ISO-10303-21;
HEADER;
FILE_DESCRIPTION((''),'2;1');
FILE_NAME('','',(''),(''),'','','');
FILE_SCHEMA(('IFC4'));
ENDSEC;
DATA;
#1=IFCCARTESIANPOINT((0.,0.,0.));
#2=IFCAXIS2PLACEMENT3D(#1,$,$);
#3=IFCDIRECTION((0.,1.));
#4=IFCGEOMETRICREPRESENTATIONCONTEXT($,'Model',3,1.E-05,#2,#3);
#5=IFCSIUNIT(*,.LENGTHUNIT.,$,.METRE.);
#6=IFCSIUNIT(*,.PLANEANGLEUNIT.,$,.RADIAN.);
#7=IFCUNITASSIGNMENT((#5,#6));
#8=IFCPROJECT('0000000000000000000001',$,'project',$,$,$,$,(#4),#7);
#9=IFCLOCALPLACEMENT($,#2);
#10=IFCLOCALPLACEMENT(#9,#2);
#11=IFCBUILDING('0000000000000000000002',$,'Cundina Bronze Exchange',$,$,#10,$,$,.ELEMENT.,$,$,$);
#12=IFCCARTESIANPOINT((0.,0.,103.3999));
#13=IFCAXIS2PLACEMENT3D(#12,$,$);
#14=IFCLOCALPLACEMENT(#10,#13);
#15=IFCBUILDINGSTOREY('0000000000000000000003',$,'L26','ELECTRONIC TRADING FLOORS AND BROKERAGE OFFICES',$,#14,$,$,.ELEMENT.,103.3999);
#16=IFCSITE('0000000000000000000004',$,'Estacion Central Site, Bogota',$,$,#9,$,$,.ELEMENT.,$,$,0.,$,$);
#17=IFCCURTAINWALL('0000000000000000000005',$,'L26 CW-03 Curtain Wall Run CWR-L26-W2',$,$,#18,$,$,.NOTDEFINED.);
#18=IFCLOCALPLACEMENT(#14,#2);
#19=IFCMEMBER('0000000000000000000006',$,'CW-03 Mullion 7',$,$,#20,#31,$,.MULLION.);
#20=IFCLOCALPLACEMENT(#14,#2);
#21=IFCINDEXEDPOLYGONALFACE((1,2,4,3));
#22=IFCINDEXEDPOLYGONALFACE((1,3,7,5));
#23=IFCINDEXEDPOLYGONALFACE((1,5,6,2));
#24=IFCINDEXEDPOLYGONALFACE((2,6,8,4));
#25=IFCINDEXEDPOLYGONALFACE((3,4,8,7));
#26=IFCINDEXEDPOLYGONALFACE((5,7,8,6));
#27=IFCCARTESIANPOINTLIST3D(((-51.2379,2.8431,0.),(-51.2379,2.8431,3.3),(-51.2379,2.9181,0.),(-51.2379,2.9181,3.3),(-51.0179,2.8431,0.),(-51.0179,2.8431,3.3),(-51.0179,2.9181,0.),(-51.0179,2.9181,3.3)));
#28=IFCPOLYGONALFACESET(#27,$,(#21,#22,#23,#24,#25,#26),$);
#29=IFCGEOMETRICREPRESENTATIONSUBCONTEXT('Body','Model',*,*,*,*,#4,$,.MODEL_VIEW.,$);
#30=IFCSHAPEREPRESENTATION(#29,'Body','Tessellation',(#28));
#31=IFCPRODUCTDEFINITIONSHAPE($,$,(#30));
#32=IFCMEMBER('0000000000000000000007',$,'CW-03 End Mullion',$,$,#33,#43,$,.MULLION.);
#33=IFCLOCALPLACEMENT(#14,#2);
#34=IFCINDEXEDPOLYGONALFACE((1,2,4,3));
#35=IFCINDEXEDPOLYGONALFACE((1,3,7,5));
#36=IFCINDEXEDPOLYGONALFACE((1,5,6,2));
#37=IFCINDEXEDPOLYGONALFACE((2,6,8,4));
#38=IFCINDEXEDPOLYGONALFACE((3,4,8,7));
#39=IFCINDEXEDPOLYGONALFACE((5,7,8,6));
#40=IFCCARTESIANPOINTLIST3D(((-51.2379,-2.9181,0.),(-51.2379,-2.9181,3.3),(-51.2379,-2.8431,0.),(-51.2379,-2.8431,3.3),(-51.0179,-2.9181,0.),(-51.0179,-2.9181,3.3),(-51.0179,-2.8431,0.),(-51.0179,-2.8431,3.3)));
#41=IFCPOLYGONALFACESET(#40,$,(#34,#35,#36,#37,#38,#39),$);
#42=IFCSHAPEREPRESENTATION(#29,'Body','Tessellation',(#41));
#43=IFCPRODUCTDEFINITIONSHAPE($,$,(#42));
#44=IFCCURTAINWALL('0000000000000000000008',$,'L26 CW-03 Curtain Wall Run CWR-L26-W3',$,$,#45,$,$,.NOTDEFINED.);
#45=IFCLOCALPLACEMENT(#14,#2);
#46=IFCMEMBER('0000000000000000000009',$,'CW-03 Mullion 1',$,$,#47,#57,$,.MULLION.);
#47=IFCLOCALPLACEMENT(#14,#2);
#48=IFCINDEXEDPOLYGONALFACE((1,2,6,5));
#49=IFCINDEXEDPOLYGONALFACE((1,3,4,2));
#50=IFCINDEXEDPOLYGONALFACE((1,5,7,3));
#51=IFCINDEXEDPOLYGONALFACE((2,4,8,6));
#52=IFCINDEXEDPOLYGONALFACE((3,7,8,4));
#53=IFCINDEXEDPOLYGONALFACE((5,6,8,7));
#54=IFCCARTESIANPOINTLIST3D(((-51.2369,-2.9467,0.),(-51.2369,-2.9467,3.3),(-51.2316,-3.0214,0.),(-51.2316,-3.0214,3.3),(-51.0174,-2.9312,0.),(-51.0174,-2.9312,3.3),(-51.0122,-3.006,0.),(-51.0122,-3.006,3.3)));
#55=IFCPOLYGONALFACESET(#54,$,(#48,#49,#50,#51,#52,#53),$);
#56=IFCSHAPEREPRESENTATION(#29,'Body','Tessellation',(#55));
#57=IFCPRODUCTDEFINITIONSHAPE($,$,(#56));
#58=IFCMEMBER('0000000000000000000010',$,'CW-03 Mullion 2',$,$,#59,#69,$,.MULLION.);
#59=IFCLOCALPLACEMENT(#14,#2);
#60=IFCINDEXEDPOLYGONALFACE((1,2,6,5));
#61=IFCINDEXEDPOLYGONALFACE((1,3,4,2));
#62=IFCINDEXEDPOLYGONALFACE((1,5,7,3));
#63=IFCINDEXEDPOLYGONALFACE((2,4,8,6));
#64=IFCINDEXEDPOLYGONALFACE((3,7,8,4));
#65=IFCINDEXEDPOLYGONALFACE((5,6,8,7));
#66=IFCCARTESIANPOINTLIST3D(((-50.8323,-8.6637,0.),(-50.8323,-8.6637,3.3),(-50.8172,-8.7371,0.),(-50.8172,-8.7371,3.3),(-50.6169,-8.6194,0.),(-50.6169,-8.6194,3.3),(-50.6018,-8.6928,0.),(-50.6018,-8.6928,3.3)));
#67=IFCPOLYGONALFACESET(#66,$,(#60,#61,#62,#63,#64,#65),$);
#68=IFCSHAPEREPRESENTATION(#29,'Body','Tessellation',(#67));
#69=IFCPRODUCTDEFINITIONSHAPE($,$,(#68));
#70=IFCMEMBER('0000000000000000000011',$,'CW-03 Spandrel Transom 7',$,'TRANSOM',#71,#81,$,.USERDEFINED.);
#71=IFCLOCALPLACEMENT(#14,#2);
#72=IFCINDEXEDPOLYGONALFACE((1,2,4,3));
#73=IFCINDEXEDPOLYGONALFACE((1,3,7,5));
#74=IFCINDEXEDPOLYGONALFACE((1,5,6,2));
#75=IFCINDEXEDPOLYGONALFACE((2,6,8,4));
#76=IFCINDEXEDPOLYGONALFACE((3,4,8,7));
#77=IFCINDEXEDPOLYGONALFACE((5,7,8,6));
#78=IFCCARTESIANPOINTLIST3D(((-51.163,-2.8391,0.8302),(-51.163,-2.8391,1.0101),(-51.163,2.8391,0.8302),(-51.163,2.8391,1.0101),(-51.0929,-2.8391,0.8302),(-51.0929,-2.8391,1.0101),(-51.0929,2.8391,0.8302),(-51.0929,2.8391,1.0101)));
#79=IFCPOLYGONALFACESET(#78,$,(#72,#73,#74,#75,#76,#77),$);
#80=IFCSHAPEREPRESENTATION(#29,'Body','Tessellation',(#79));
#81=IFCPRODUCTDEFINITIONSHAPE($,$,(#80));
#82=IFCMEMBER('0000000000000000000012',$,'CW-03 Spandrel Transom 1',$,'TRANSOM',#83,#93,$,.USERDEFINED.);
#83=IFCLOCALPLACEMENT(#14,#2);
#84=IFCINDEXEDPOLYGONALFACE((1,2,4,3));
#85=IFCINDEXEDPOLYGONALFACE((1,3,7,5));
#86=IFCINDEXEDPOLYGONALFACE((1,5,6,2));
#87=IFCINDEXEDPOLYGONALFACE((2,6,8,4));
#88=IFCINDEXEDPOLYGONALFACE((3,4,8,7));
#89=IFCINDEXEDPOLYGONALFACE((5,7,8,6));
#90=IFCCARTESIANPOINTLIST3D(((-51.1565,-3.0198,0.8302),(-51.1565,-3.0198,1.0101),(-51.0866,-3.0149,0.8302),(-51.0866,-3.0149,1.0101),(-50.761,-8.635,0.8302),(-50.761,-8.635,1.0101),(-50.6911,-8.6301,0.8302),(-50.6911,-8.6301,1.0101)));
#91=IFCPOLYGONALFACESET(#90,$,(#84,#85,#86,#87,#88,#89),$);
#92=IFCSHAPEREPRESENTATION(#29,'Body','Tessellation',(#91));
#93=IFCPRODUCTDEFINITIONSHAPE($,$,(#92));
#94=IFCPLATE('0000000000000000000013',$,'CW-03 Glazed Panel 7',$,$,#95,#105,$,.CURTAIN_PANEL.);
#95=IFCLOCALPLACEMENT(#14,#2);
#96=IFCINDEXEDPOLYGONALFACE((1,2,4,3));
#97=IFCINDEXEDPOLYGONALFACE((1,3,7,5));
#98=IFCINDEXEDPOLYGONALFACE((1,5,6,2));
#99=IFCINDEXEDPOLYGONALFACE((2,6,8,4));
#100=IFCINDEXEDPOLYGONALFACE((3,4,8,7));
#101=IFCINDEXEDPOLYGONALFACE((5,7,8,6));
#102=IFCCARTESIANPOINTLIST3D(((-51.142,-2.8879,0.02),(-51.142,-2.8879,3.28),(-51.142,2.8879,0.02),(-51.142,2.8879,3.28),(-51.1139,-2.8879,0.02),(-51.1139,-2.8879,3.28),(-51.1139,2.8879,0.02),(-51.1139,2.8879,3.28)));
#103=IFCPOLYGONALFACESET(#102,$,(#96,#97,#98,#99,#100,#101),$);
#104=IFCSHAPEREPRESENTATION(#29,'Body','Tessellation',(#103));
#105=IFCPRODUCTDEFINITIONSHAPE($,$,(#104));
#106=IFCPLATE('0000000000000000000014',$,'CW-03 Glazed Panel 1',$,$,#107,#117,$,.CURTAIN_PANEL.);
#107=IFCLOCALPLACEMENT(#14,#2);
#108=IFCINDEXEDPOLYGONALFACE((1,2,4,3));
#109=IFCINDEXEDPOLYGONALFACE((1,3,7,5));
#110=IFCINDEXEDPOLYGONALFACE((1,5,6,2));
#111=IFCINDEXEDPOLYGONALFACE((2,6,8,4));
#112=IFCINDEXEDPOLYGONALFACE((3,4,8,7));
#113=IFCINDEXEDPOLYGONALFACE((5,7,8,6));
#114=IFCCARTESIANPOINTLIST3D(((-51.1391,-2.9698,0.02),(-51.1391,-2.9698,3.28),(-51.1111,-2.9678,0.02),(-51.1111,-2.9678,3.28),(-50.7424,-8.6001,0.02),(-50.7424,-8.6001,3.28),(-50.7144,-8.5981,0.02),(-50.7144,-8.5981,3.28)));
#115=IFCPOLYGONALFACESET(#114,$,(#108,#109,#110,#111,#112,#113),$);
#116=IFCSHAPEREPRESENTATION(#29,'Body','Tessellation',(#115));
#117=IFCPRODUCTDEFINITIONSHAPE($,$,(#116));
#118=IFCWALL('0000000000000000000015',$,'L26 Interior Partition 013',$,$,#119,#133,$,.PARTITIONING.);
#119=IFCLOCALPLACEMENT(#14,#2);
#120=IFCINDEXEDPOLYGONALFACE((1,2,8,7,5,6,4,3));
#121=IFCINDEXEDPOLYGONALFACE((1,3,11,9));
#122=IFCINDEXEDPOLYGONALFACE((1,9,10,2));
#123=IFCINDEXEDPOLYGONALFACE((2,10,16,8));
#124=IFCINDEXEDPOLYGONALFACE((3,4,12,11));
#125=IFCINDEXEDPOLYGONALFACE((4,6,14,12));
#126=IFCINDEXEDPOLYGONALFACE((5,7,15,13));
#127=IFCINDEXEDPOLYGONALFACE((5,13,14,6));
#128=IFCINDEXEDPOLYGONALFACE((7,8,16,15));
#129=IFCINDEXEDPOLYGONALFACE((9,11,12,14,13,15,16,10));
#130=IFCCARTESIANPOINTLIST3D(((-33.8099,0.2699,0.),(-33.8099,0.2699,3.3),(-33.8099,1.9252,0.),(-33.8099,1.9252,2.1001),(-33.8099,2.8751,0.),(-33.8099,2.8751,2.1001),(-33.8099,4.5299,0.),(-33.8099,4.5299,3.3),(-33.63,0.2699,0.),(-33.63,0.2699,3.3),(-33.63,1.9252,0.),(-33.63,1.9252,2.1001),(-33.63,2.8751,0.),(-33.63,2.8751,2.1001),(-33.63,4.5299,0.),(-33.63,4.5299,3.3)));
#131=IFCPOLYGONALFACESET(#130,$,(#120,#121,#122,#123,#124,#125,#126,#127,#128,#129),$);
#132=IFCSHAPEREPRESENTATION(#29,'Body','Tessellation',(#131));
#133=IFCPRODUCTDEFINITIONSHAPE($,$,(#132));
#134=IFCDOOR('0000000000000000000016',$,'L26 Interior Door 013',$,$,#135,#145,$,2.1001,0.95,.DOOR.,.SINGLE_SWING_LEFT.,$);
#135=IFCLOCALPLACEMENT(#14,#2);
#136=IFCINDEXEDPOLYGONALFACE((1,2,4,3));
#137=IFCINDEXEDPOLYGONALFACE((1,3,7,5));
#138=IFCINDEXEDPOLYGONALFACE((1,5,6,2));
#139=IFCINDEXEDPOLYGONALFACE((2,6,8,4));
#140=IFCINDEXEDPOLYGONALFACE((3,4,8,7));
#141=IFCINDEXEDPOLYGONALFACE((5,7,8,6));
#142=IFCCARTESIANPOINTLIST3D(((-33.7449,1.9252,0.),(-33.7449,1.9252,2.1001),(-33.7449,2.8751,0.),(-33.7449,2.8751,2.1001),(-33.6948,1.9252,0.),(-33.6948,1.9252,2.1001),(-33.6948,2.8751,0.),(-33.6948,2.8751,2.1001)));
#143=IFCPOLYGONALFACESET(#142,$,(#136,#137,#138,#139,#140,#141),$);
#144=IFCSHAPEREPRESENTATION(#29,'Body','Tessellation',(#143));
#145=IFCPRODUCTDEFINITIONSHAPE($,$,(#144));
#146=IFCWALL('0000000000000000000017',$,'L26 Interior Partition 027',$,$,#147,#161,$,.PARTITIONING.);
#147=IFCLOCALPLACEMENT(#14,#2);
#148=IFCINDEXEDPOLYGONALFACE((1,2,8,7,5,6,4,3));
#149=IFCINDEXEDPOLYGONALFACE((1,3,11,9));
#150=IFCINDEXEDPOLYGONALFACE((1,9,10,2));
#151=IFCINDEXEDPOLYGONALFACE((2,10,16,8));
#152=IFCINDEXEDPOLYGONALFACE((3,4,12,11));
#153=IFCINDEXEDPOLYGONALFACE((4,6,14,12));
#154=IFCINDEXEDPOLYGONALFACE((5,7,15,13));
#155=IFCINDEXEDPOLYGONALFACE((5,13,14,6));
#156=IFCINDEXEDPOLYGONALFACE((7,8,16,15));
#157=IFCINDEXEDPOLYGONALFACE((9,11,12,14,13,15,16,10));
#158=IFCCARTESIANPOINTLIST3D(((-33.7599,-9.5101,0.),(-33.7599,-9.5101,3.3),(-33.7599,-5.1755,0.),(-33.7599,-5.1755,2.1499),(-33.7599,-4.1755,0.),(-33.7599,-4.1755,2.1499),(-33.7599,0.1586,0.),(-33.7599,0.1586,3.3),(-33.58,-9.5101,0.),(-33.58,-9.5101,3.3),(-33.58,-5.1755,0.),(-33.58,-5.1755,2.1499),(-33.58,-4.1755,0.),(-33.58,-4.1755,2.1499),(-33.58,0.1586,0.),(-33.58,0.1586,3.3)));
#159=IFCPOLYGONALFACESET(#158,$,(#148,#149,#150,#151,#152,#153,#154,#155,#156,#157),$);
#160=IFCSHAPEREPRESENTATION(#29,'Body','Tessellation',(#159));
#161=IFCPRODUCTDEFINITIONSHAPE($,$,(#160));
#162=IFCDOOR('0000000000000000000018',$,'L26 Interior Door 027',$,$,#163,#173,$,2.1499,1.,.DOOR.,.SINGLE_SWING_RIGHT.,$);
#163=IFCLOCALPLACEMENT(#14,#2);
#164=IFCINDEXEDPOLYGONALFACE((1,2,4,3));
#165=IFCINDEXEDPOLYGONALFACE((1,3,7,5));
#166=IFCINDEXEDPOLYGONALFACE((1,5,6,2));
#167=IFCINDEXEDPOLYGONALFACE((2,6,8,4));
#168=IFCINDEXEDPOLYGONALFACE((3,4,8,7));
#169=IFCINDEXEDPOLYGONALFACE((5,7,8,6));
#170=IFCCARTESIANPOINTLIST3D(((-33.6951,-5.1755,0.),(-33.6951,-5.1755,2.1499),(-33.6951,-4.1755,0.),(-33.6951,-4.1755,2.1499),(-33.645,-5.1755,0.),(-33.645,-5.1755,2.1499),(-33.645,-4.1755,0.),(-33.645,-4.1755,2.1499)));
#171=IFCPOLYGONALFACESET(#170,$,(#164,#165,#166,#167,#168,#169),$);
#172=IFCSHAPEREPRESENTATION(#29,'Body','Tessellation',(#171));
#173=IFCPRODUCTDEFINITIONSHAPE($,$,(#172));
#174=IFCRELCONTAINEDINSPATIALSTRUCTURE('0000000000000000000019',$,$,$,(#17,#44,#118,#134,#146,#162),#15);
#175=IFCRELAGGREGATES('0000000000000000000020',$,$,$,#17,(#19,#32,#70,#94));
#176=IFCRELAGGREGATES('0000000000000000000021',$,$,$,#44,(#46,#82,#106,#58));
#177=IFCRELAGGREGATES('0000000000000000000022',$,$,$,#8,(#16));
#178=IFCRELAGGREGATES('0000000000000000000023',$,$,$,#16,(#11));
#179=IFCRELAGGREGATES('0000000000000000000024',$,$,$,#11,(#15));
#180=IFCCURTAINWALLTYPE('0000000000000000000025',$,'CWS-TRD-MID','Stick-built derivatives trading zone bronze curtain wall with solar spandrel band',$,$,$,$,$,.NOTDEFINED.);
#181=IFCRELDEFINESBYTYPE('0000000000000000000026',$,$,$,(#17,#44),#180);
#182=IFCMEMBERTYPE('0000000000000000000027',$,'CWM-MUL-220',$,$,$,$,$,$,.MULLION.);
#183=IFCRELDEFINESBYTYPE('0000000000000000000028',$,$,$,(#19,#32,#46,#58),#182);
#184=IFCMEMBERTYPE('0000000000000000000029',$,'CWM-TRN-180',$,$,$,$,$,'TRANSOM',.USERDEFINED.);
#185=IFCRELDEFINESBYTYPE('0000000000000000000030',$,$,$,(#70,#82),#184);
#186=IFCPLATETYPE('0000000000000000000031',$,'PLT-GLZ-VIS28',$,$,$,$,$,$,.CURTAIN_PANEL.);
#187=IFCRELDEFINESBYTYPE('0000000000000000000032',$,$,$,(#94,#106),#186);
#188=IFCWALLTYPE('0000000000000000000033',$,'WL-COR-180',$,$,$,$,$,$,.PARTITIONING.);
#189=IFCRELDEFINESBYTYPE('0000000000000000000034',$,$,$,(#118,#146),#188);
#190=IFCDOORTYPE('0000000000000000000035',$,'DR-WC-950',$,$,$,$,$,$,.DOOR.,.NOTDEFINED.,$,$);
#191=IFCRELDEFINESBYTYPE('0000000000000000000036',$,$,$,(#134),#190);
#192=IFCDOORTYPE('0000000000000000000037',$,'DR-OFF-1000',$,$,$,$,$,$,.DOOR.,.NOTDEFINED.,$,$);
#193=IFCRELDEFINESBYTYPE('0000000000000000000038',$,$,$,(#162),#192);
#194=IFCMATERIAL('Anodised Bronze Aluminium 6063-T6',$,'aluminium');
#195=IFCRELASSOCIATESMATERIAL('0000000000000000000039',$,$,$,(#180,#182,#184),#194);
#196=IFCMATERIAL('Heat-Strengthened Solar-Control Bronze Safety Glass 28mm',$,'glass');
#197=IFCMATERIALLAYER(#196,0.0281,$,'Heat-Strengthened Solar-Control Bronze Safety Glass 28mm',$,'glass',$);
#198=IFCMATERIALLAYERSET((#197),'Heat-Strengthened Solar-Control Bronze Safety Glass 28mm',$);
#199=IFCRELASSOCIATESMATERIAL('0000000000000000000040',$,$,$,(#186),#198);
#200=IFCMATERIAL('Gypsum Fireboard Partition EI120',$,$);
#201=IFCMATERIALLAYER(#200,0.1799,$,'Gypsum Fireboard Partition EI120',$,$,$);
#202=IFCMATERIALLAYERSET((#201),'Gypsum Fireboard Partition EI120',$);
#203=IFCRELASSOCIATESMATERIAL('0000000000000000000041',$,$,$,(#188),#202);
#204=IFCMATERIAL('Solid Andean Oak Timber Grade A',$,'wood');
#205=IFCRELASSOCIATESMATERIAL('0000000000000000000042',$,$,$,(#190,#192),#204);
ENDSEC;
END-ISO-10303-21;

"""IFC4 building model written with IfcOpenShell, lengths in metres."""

from ifc_helpers import new_model, si_unit, direction, frame, frame_2d, origin, origin_2d, place, context, subcontext, project, spatial, rectangle, extrude, material, layer, layer_set, material_profile, profile_set, type_object, element, fill, aggregate, save


model = new_model("IFC4")

# Units and contexts
model_context = context("Model", 3, precision=1e-05, world=origin(), true_north=direction((0.0, 1.0)))
body_context = subcontext(model_context, "Body", "Model", "MODEL_VIEW")
ifc_project = project(units=[si_unit("LENGTHUNIT", "METRE"), si_unit("PLANEANGLEUNIT", "RADIAN")], contexts=[model_context])

# Site, building, storey
site_placement = place(None, origin())
site = spatial("IfcSite", under=ifc_project, at=site_placement, Name="Estacion Central Site, Bogota", CompositionType="ELEMENT", RefElevation=0.0)
building_placement = place(site_placement, origin())
building = spatial("IfcBuilding", under=site, at=building_placement, Name="Cundina Bronze Exchange", CompositionType="ELEMENT")
storey_placement = place(building_placement, frame((0.0, 0.0, 103.3999)))
storey = spatial("IfcBuildingStorey", under=building, at=storey_placement, Name="L26", Description="ELECTRONIC TRADING FLOORS AND BROKERAGE OFFICES", CompositionType="ELEMENT", Elevation=103.3999)

# Curtain walls, members
ifc_material_1 = material(Name="Anodised Bronze Aluminium 6063-T6", Category="aluminium")
curtain_wall_type = type_object("IfcCurtainWallType", Name="CWS-TRD-MID", Description="Stick-built derivatives trading zone bronze curtain wall with solar spandrel band", PredefinedType="NOTDEFINED", material=ifc_material_1)
curtain_wall_1_placement = place(storey_placement, origin())
curtain_wall_1 = element("IfcCurtainWall", 1, at=curtain_wall_1_placement, inside=storey, type_object=curtain_wall_type, Name="L26 CW-03 Curtain Wall Run CWR-L26-W2", PredefinedType="NOTDEFINED")
ifc_material_profile_1 = material_profile(ifc_material_1, rectangle(XDim=0.075, YDim=0.22, at=origin_2d()), Name="AL75X220", Category="aluminium")
ifc_profile_set_1 = profile_set([ifc_material_profile_1], Name="Anodised Bronze Aluminium 6063-T6")
member_type_1 = type_object("IfcMemberType", Name="CWM-MUL-220", PredefinedType="MULLION", material=ifc_profile_set_1)
member_1_placement = place(storey_placement, frame((-51.1279, 2.8806, 0.0), z_axis=(0.0, 0.0, 1.0), x_axis=(0.0, -1.0, 0.0)))
member_1 = element("IfcMember", 2, at=member_1_placement, type_object=member_type_1, Name="CW-03 Mullion 7", PredefinedType="MULLION", context=body_context, shape_type="SweptSolid", body=[
    extrude(rectangle(XDim=0.075, YDim=0.22, at=origin_2d()), origin(), (0.0, 0.0, 1.0), 3.3),
])
member_2_placement = place(storey_placement, frame((-51.1279, -2.8806, 0.0), z_axis=(0.0, 0.0, 1.0), x_axis=(0.0, -1.0, 0.0)))
member_2 = element("IfcMember", 3, at=member_2_placement, type_object=member_type_1, Name="CW-03 End Mullion", PredefinedType="MULLION", context=body_context, shape_type="SweptSolid", body=[
    extrude(rectangle(XDim=0.075, YDim=0.22, at=origin_2d()), origin(), (0.0, 0.0, 1.0), 3.3),
])
curtain_wall_2_placement = place(storey_placement, origin())
curtain_wall_2 = element("IfcCurtainWall", 4, at=curtain_wall_2_placement, inside=storey, type_object=curtain_wall_type, Name="L26 CW-03 Curtain Wall Run CWR-L26-W3", PredefinedType="NOTDEFINED")
member_3_placement = place(storey_placement, frame((-51.1245, -2.9763, 0.0), z_axis=(0.0, 0.0, 1.0), x_axis=(0.070279, -0.997527, 0.0)))
member_3 = element("IfcMember", 5, at=member_3_placement, type_object=member_type_1, Name="CW-03 Mullion 1", PredefinedType="MULLION", context=body_context, shape_type="SweptSolid", body=[
    extrude(rectangle(XDim=0.075, YDim=0.22, at=origin_2d()), origin(), (0.0, 0.0, 1.0), 3.3),
])
member_4_placement = place(storey_placement, frame((-50.717, -8.6782, 0.0), z_axis=(0.0, 0.0, 1.0), x_axis=(0.20142, -0.979505, 0.0)))
member_4 = element("IfcMember", 6, at=member_4_placement, type_object=member_type_1, Name="CW-03 Mullion 2", PredefinedType="MULLION", context=body_context, shape_type="SweptSolid", body=[
    extrude(rectangle(XDim=0.075, YDim=0.22, at=origin_2d()), origin(), (0.0, 0.0, 1.0), 3.3),
])

# Members
ifc_material_profile_2 = material_profile(ifc_material_1, rectangle(XDim=0.0701, YDim=0.1799, at=origin_2d()), Name="AL70X180", Category="aluminium")
ifc_profile_set_2 = profile_set([ifc_material_profile_2], Name="Anodised Bronze Aluminium 6063-T6")
member_type_2 = type_object("IfcMemberType", Name="CWM-TRN-180", ElementType="TRANSOM", PredefinedType="USERDEFINED", material=ifc_profile_set_2)
member_5_placement = place(storey_placement, frame((-51.1279, 2.8391, 0.9202), z_axis=(0.0, -1.0, 0.0), x_axis=(1.0, 0.0, 0.0)))
member_5 = element("IfcMember", 7, at=member_5_placement, type_object=member_type_2, Name="CW-03 Spandrel Transom 7", ObjectType="TRANSOM", PredefinedType="USERDEFINED", context=body_context, shape_type="SweptSolid", body=[
    extrude(rectangle(XDim=0.0701, YDim=0.1799, at=origin_2d()), origin(), (0.0, 0.0, 1.0), 5.6782),
])
member_6_placement = place(storey_placement, frame((-51.1216, -3.0173, 0.9202), z_axis=(0.070261, -0.997529, 0.0), x_axis=(0.997529, 0.070261, 0.0)))
member_6 = element("IfcMember", 8, at=member_6_placement, type_object=member_type_2, Name="CW-03 Spandrel Transom 1", ObjectType="TRANSOM", PredefinedType="USERDEFINED", context=body_context, shape_type="SweptSolid", body=[
    extrude(rectangle(XDim=0.0701, YDim=0.1799, at=origin_2d()), origin(), (0.0, 0.0, 1.0), 5.6292),
])

# Plates
ifc_material_2 = material(Name="Heat-Strengthened Solar-Control Bronze Safety Glass 28mm", Category="glass")
ifc_layer_1 = layer(ifc_material_2, 0.0281, Name="Heat-Strengthened Solar-Control Bronze Safety Glass 28mm", Category="glass")
ifc_layer_set_1 = layer_set([ifc_layer_1], Name="Heat-Strengthened Solar-Control Bronze Safety Glass 28mm")
plate_type = type_object("IfcPlateType", Name="PLT-GLZ-VIS28", PredefinedType="CURTAIN_PANEL", material=ifc_layer_set_1)
plate_1_placement = place(storey_placement, frame((-51.1279, 0.0, 0.02), z_axis=(0.0, 0.0, 1.0), x_axis=(0.0, -1.0, 0.0)))
plate_1 = element("IfcPlate", 9, at=plate_1_placement, type_object=plate_type, Name="CW-03 Glazed Panel 7", PredefinedType="CURTAIN_PANEL", context=body_context, shape_type="SweptSolid", body=[
    extrude(rectangle(XDim=5.7759, YDim=0.0281, at=origin_2d()), origin(), (0.0, 0.0, 1.0), 3.26),
])
aggregate(curtain_wall_1, [member_1, member_2, member_5, plate_1])
plate_2_placement = place(storey_placement, frame((-50.9268, -5.7839, 0.02), z_axis=(0.0, 0.0, 1.0), x_axis=(0.070279, -0.997527, 0.0)))
plate_2 = element("IfcPlate", 10, at=plate_2_placement, type_object=plate_type, Name="CW-03 Glazed Panel 1", PredefinedType="CURTAIN_PANEL", context=body_context, shape_type="SweptSolid", body=[
    extrude(rectangle(XDim=5.6443, YDim=0.0281, at=origin_2d()), origin(), (0.0, 0.0, 1.0), 3.26),
])
aggregate(curtain_wall_2, [member_3, member_6, plate_2, member_4])

# Walls, openings, doors
ifc_material_3 = material(Name="Gypsum Fireboard Partition EI120")
ifc_layer_2 = layer(ifc_material_3, 0.1799, Name="Gypsum Fireboard Partition EI120")
ifc_layer_set_2 = layer_set([ifc_layer_2], Name="Gypsum Fireboard Partition EI120")
wall_type_1 = type_object("IfcWallType", Name="WL-COR-180", PredefinedType="PARTITIONING", material=ifc_layer_set_2)
wall_1_placement = place(storey_placement, frame((-33.72, 0.27, 0.0), z_axis=(0.0, 0.0, 1.0), x_axis=(0.0, 1.0, 0.0)))
wall_1 = element("IfcWall", 11, at=wall_1_placement, inside=storey, type_object=wall_type_1, Name="L26 Interior Partition 013", PredefinedType="PARTITIONING", context=body_context, shape_type="SweptSolid", body=[
    extrude(rectangle(XDim=4.26, YDim=0.1799, at=frame_2d((2.1299, 0.0))), origin(), (0.0, 0.0, 1.0), 3.3),
])
opening_1_placement = place(wall_1_placement, frame((1.655, 0.0, 0.0)))
opening_1 = element("IfcOpeningElement", 12, at=opening_1_placement, cuts=wall_1, PredefinedType="OPENING", context=body_context, shape_type="SweptSolid", body=[
    extrude(rectangle(XDim=0.95, YDim=2.1001, at=frame_2d((0.4751, 1.05))), frame((0.0, 0.0999, 0.0), z_axis=(0.0, -1.0, 0.0), x_axis=(1.0, 0.0, 0.0)), (0.0, 0.0, 1.0), 0.2),
])
ifc_material_4 = material(Name="Solid Andean Oak Timber Grade A", Category="wood")
door_type_1 = type_object("IfcDoorType", Name="DR-WC-950", OperationType="NOTDEFINED", PredefinedType="DOOR", material=ifc_material_4)
door_1_placement = place(opening_1_placement, origin())
door_1 = element("IfcDoor", 13, at=door_1_placement, inside=storey, type_object=door_type_1, Name="L26 Interior Door 013", OperationType="SINGLE_SWING_LEFT", OverallHeight=2.1001, OverallWidth=0.95, PredefinedType="DOOR", context=body_context, shape_type="SweptSolid", body=[
    extrude(rectangle(XDim=0.95, YDim=2.1001, at=frame_2d((0.4751, 1.05))), frame((0.0, 0.0249, 0.0), z_axis=(0.0, -1.0, 0.0), x_axis=(1.0, 0.0, 0.0)), (0.0, 0.0, 1.0), 0.05),
])
fill(opening_1, door_1)
wall_2_placement = place(storey_placement, frame((-33.6699, 0.1587, 0.0), z_axis=(0.0, 0.0, 1.0), x_axis=(0.0, -1.0, 0.0)))
wall_2 = element("IfcWall", 14, at=wall_2_placement, inside=storey, type_object=wall_type_1, Name="L26 Interior Partition 027", PredefinedType="PARTITIONING", context=body_context, shape_type="SweptSolid", body=[
    extrude(rectangle(XDim=9.6687, YDim=0.1799, at=frame_2d((4.8345, 0.0))), origin(), (0.0, 0.0, 1.0), 3.3),
])
opening_2_placement = place(wall_2_placement, frame((4.3342, 0.0, 0.0)))
opening_2 = element("IfcOpeningElement", 15, at=opening_2_placement, cuts=wall_2, PredefinedType="OPENING", context=body_context, shape_type="SweptSolid", body=[
    extrude(rectangle(XDim=1.0, YDim=2.1499, at=frame_2d((0.5, 1.075))), frame((0.0, 0.0999, 0.0), z_axis=(0.0, -1.0, 0.0), x_axis=(1.0, 0.0, 0.0)), (0.0, 0.0, 1.0), 0.2),
])
door_type_2 = type_object("IfcDoorType", Name="DR-OFF-1000", OperationType="NOTDEFINED", PredefinedType="DOOR", material=ifc_material_4)
door_2_placement = place(opening_2_placement, origin())
door_2 = element("IfcDoor", 16, at=door_2_placement, inside=storey, type_object=door_type_2, Name="L26 Interior Door 027", OperationType="SINGLE_SWING_RIGHT", OverallHeight=2.1499, OverallWidth=1.0, PredefinedType="DOOR", context=body_context, shape_type="SweptSolid", body=[
    extrude(rectangle(XDim=1.0, YDim=2.1499, at=frame_2d((0.5, 1.075))), frame((0.0, 0.0249, 0.0), z_axis=(0.0, -1.0, 0.0), x_axis=(1.0, 0.0, 0.0)), (0.0, 0.0, 1.0), 0.05),
])
fill(opening_2, door_2)

save(model, "model.ifc")
